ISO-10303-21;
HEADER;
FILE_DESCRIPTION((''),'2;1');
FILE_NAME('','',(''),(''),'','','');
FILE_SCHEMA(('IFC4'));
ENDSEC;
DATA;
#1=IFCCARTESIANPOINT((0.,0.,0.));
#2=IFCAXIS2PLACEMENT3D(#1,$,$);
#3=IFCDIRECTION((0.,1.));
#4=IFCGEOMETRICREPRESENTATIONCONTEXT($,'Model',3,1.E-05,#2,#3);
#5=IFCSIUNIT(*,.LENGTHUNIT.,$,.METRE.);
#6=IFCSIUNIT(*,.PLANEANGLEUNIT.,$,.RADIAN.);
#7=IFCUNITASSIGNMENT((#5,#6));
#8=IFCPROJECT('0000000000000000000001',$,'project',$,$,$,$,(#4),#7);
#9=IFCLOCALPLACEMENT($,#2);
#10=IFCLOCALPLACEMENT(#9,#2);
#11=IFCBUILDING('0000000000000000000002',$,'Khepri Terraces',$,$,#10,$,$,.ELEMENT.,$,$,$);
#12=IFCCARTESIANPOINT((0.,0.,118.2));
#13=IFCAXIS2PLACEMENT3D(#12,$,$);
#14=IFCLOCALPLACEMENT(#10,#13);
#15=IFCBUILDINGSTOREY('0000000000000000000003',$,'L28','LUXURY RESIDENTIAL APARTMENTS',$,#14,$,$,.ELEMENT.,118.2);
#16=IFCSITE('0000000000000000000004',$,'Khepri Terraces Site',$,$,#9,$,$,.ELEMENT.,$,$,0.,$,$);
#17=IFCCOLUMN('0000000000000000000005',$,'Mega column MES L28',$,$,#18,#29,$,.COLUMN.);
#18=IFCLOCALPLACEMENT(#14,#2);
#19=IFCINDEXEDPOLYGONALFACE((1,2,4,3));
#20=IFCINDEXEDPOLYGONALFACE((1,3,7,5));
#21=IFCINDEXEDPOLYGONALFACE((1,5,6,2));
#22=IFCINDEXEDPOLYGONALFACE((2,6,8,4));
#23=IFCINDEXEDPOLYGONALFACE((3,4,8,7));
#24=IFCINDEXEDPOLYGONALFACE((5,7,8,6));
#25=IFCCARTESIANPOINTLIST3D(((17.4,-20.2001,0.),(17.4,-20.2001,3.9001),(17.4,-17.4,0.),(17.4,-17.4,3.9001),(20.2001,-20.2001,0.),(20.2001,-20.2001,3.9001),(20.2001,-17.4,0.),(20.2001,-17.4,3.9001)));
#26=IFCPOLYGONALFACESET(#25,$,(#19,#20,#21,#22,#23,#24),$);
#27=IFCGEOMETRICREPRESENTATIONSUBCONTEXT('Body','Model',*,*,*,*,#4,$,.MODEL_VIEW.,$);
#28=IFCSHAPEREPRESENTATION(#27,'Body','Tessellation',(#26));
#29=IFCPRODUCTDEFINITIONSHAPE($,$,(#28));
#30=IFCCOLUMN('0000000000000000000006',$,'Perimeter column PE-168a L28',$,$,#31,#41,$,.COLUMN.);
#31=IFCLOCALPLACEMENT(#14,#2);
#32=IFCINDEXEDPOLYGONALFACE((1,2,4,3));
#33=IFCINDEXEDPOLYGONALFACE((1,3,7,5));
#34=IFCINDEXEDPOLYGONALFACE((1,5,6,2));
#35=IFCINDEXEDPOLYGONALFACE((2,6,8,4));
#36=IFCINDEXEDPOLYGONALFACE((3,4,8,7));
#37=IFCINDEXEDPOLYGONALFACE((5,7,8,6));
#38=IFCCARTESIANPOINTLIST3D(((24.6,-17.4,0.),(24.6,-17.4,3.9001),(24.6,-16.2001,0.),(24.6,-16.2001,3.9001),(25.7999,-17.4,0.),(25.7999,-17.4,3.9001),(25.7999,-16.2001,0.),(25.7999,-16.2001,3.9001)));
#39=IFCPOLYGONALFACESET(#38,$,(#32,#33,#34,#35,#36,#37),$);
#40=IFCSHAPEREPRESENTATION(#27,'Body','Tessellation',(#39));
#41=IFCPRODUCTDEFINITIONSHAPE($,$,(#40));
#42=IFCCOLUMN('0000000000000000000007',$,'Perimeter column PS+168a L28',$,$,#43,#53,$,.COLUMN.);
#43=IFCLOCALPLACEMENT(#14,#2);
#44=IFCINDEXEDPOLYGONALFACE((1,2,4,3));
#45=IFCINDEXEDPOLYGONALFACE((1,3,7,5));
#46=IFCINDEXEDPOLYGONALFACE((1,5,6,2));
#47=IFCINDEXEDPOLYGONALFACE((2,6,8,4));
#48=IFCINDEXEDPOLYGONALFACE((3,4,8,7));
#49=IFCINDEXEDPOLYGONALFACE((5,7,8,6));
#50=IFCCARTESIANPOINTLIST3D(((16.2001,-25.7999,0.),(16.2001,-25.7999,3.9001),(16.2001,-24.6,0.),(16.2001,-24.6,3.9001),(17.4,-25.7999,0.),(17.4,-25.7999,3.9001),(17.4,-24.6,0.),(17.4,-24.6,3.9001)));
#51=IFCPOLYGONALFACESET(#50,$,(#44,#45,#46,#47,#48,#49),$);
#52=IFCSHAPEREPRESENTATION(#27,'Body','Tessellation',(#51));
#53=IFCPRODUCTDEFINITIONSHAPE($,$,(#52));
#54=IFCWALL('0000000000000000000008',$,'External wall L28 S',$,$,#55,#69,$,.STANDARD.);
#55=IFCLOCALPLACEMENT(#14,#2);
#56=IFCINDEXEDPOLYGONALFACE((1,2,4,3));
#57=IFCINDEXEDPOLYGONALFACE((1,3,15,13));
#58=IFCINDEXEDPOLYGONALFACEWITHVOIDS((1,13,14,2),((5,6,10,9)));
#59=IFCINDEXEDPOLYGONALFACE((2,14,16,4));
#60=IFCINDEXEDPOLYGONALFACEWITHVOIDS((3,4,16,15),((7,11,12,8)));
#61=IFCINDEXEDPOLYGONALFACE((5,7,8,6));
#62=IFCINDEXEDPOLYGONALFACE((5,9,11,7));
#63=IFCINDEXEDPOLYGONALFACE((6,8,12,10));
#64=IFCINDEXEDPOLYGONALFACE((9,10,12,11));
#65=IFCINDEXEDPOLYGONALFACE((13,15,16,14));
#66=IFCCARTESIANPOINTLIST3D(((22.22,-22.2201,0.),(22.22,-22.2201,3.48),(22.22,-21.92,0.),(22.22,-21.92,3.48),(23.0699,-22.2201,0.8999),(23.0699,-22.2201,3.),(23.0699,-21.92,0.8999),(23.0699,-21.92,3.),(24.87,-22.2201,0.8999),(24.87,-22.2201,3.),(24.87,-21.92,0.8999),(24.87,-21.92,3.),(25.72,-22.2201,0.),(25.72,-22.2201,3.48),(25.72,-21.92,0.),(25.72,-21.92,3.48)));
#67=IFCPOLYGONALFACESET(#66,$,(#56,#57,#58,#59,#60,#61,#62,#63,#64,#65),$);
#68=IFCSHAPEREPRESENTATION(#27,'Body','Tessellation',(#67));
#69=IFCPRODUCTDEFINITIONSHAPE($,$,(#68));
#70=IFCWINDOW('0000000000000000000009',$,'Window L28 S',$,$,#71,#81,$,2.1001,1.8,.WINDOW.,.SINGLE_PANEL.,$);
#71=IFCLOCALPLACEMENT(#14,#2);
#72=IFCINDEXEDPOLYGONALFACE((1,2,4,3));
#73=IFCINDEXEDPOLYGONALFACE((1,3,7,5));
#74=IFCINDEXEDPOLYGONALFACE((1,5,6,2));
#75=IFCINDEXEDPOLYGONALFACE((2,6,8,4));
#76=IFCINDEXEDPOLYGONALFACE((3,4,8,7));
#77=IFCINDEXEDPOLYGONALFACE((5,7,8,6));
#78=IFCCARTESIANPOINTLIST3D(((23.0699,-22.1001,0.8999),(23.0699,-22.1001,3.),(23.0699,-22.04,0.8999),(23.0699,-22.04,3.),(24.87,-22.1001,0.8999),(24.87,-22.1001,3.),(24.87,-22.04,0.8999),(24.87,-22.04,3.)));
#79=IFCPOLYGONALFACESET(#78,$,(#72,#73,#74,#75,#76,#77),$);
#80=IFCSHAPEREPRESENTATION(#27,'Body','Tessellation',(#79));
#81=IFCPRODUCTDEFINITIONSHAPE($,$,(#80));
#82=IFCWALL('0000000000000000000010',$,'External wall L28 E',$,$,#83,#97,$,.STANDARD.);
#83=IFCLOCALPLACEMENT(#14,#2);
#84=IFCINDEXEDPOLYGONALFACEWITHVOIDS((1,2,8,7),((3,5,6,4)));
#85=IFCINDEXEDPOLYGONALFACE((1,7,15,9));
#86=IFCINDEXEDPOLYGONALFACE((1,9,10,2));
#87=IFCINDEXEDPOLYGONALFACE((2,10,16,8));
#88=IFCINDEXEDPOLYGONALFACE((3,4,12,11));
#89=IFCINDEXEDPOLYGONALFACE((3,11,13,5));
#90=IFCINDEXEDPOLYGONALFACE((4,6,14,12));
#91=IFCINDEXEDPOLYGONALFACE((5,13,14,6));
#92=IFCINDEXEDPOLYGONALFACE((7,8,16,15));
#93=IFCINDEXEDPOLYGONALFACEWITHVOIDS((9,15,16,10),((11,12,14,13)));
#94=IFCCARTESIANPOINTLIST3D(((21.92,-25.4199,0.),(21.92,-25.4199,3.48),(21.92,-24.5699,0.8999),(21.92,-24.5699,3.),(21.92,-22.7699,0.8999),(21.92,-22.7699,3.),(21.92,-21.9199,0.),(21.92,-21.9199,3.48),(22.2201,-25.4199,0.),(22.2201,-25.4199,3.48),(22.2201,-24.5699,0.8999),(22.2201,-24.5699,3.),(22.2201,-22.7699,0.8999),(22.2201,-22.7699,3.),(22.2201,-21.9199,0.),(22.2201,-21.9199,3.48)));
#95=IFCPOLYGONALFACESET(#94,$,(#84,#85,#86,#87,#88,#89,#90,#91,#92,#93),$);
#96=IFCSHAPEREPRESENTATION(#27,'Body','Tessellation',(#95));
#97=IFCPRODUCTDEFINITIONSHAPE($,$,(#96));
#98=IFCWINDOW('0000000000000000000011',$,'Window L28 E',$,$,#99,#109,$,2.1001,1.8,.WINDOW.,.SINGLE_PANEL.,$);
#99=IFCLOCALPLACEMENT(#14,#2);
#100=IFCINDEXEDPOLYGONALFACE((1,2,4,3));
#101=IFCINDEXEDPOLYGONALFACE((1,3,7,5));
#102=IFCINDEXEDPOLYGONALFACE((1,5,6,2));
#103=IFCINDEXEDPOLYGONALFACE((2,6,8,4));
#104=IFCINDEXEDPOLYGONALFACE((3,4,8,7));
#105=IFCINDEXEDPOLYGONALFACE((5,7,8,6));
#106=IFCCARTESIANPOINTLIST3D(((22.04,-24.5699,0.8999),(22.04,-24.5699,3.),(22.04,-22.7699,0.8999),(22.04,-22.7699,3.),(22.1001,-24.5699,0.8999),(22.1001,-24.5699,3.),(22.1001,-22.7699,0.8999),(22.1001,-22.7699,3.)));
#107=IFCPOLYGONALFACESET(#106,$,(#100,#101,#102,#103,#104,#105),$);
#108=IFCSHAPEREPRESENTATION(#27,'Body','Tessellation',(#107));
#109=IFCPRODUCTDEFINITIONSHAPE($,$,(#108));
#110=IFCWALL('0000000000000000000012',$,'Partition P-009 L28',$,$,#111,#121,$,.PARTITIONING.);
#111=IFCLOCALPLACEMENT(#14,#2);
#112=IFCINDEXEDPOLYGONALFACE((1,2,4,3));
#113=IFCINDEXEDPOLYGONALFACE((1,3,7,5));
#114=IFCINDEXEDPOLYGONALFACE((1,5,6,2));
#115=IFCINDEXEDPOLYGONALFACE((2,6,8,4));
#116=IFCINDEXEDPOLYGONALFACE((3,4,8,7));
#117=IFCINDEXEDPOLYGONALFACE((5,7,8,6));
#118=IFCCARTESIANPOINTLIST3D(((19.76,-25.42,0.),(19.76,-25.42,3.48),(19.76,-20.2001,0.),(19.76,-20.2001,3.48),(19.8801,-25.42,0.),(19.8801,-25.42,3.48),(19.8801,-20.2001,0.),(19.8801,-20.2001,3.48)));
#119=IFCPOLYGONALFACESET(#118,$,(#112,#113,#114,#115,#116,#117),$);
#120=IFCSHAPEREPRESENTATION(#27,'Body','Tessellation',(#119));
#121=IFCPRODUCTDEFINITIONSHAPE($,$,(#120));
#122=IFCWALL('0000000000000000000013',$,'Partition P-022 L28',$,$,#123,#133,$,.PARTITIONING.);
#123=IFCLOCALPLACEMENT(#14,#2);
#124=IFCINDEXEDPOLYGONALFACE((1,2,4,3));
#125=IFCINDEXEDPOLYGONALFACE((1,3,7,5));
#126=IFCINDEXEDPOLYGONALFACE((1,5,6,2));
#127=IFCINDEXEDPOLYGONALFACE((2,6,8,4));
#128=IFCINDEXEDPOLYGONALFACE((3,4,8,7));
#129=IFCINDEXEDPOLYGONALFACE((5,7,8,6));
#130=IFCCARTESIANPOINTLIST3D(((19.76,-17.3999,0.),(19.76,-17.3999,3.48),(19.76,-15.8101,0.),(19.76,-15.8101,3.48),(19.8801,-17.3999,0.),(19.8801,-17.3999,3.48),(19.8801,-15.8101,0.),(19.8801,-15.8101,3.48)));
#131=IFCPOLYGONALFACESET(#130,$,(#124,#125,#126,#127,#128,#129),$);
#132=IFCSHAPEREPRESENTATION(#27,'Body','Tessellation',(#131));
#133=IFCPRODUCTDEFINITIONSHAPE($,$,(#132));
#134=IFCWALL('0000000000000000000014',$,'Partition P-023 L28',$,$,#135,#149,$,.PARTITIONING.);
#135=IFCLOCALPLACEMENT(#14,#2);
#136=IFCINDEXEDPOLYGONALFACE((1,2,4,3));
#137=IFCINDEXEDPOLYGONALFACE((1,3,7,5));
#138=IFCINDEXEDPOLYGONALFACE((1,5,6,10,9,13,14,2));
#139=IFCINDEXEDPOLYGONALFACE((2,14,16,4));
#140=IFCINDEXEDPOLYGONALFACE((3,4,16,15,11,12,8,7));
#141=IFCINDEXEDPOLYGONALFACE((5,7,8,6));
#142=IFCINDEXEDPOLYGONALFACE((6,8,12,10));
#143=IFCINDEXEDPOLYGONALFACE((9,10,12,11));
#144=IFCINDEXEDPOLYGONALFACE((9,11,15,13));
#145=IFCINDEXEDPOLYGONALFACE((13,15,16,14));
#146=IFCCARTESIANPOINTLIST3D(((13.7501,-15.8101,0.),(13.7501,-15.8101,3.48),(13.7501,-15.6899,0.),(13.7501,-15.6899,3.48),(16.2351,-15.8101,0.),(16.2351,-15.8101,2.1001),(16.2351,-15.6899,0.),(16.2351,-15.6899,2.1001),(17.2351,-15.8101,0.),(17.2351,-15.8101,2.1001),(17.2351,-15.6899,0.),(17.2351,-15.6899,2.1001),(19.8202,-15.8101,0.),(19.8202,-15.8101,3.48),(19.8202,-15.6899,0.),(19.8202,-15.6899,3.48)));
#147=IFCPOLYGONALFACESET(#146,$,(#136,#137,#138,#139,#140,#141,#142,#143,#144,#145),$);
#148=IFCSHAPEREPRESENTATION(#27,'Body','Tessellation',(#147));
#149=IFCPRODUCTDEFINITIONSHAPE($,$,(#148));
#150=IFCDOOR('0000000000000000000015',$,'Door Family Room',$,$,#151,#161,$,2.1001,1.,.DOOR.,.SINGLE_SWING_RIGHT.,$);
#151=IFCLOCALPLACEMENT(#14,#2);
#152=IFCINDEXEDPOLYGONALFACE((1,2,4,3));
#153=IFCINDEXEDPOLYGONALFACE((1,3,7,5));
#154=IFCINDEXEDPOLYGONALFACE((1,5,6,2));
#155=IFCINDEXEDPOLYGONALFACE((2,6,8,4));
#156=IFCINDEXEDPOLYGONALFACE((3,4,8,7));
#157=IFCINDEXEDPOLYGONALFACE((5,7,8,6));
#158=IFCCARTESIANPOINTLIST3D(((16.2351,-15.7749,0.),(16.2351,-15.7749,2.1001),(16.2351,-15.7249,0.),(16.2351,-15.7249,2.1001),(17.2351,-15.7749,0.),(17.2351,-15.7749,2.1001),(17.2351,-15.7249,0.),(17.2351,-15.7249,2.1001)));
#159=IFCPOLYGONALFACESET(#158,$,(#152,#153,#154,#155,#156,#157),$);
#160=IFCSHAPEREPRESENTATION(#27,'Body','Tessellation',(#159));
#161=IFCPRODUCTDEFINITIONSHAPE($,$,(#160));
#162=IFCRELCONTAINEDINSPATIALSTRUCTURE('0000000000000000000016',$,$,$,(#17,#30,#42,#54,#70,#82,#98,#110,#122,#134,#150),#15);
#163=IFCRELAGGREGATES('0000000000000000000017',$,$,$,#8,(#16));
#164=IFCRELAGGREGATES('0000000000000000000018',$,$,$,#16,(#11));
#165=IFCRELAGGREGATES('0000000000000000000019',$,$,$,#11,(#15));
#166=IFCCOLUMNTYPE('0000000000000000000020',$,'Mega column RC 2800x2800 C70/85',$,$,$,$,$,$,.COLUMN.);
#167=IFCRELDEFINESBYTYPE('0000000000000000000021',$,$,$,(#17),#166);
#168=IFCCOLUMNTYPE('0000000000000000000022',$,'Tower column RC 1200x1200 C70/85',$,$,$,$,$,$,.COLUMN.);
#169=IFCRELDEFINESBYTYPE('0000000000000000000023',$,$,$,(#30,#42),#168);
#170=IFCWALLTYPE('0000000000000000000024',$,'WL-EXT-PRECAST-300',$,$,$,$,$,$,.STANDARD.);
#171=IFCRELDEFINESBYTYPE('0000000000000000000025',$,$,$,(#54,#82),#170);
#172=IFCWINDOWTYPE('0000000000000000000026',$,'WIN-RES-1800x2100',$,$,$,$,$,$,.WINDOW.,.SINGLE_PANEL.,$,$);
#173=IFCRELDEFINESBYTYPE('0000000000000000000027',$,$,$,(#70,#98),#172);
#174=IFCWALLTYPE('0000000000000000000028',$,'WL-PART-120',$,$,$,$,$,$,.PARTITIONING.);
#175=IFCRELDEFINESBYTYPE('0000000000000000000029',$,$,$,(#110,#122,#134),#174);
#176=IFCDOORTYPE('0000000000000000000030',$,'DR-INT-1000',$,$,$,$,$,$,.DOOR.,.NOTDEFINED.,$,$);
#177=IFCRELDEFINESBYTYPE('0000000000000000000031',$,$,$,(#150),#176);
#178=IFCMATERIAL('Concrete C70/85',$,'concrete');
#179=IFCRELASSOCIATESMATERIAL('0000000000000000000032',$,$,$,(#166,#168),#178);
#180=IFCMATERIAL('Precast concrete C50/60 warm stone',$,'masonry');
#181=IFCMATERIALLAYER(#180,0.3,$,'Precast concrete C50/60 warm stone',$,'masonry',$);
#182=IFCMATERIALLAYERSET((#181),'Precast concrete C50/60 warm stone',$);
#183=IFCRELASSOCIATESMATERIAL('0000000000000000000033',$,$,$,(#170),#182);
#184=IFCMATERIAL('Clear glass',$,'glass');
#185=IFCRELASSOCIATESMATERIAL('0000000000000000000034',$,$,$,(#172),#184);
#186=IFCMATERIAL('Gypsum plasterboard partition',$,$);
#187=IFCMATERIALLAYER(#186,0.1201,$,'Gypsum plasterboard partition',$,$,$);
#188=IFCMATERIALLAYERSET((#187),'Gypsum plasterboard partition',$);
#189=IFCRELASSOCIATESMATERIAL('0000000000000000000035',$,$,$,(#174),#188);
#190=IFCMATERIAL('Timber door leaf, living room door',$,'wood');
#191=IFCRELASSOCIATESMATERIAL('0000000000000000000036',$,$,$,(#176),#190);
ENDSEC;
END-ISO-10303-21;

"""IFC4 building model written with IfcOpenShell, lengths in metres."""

from ifc_helpers import new_model, si_unit, direction, frame, frame_2d, origin, origin_2d, place, context, subcontext, project, spatial, rectangle, extrude, material, layer, layer_set, material_profile, profile_set, type_object, element, fill, save


model = new_model("IFC4")

# Units and contexts
model_context = context("Model", 3, precision=1e-05, world=origin(), true_north=direction((0.0, 1.0)))
body_context = subcontext(model_context, "Body", "Model", "MODEL_VIEW")
ifc_project = project(units=[si_unit("LENGTHUNIT", "METRE"), si_unit("PLANEANGLEUNIT", "RADIAN")], contexts=[model_context])

# Site, building, storey
site_placement = place(None, origin())
site = spatial("IfcSite", under=ifc_project, at=site_placement, Name="Khepri Terraces Site", CompositionType="ELEMENT", RefElevation=0.0)
building_placement = place(site_placement, origin())
building = spatial("IfcBuilding", under=site, at=building_placement, Name="Khepri Terraces", CompositionType="ELEMENT")
storey_placement = place(building_placement, frame((0.0, 0.0, 118.2)))
storey = spatial("IfcBuildingStorey", under=building, at=storey_placement, Name="L28", Description="LUXURY RESIDENTIAL APARTMENTS", CompositionType="ELEMENT", Elevation=118.2)

# Columns
ifc_material_1 = material(Name="Concrete C70/85", Category="concrete")
ifc_material_profile_1 = material_profile(ifc_material_1, rectangle(XDim=2.8, YDim=2.8, at=origin_2d()), Name="Concrete C70/85", Category="concrete")
ifc_profile_set_1 = profile_set([ifc_material_profile_1], Name="Concrete C70/85")
column_type_1 = type_object("IfcColumnType", Name="Mega column RC 2800x2800 C70/85", PredefinedType="COLUMN", material=ifc_profile_set_1)
column_placement = place(storey_placement, frame((18.8, -18.8, 0.0), z_axis=(0.0, 0.0, 1.0), x_axis=(1.0, 0.0, 0.0)))
element("IfcColumn", 1, at=column_placement, inside=storey, type_object=column_type_1, Name="Mega column MES L28", PredefinedType="COLUMN", context=body_context, shape_type="SweptSolid", body=[
    extrude(rectangle(XDim=2.8, YDim=2.8, at=origin_2d()), origin(), (0.0, 0.0, 1.0), 3.9001),
])
ifc_material_profile_2 = material_profile(ifc_material_1, rectangle(XDim=1.2, YDim=1.2, at=origin_2d()), Name="Concrete C70/85", Category="concrete")
ifc_profile_set_2 = profile_set([ifc_material_profile_2], Name="Concrete C70/85")
column_type_2 = type_object("IfcColumnType", Name="Tower column RC 1200x1200 C70/85", PredefinedType="COLUMN", material=ifc_profile_set_2)
for number, where, z_axis, x_axis, name in (
    (2, (25.2, -16.8, 0.0), (0.0, 0.0, 1.0), (1.0, 0.0, 0.0), "Perimeter column PE-168a L28"),
    (3, (16.8, -25.2, 0.0), (0.0, 0.0, 1.0), (1.0, 0.0, 0.0), "Perimeter column PS+168a L28"),
):
    element("IfcColumn", number, at=place(storey_placement, frame(where, z_axis=z_axis, x_axis=x_axis)), inside=storey, type_object=column_type_2, Name=name, PredefinedType="COLUMN", context=body_context, shape_type="SweptSolid", body=[
        extrude(rectangle(XDim=1.2, YDim=1.2, at=origin_2d()), origin(), (0.0, 0.0, 1.0), 3.9001),
    ])

# Wall, opening, window
ifc_material_2 = material(Name="Precast concrete C50/60 warm stone", Category="masonry")
ifc_layer_1 = layer(ifc_material_2, 0.3, Name="Precast concrete C50/60 warm stone", Category="masonry")
ifc_layer_set_1 = layer_set([ifc_layer_1], Name="Precast concrete C50/60 warm stone")
wall_type_1 = type_object("IfcWallType", Name="WL-EXT-PRECAST-300", PredefinedType="STANDARD", material=ifc_layer_set_1)
wall_1_placement = place(storey_placement, frame((22.22, -22.0701, 0.0), z_axis=(0.0, 0.0, 1.0), x_axis=(1.0, 0.0, 0.0)))
wall_1 = element("IfcWall", 4, at=wall_1_placement, inside=storey, type_object=wall_type_1, Name="External wall L28 S", PredefinedType="STANDARD", context=body_context, shape_type="SweptSolid", body=[
    extrude(rectangle(XDim=3.5, YDim=0.3, at=frame_2d((1.75, 0.0))), origin(), (0.0, 0.0, 1.0), 3.48),
])
opening_1_placement = place(wall_1_placement, frame((0.8501, 0.0, 0.8999)))
opening_1 = element("IfcOpeningElement", 5, at=opening_1_placement, cuts=wall_1, PredefinedType="OPENING", context=body_context, shape_type="SweptSolid", body=[
    extrude(rectangle(XDim=1.8, YDim=2.1001, at=frame_2d((0.8999, 1.05))), frame((0.0, 0.1602, 0.0), z_axis=(0.0, -1.0, 0.0), x_axis=(1.0, 0.0, 0.0)), (0.0, 0.0, 1.0), 0.3201),
])
ifc_material_3 = material(Name="Clear glass", Category="glass")
window_type = type_object("IfcWindowType", Name="WIN-RES-1800x2100", PartitioningType="SINGLE_PANEL", PredefinedType="WINDOW", material=ifc_material_3)
window_1_placement = place(opening_1_placement, origin())
window_1 = element("IfcWindow", 6, at=window_1_placement, inside=storey, type_object=window_type, Name="Window L28 S", OverallHeight=2.1001, OverallWidth=1.8, PartitioningType="SINGLE_PANEL", PredefinedType="WINDOW", context=body_context, shape_type="SweptSolid", body=[
    extrude(rectangle(XDim=1.8, YDim=2.1001, at=frame_2d((0.8999, 1.05))), frame((0.0, 0.03, 0.0), z_axis=(0.0, -1.0, 0.0), x_axis=(1.0, 0.0, 0.0)), (0.0, 0.0, 1.0), 0.0601),
])
fill(opening_1, window_1)

# Wall, opening, window
wall_2_placement = place(storey_placement, frame((22.0701, -25.4199, 0.0), z_axis=(0.0, 0.0, 1.0), x_axis=(0.0, 1.0, 0.0)))
wall_2 = element("IfcWall", 7, at=wall_2_placement, inside=storey, type_object=wall_type_1, Name="External wall L28 E", PredefinedType="STANDARD", context=body_context, shape_type="SweptSolid", body=[
    extrude(rectangle(XDim=3.5, YDim=0.3, at=frame_2d((1.75, 0.0))), origin(), (0.0, 0.0, 1.0), 3.48),
])
opening_2_placement = place(wall_2_placement, frame((0.8501, 0.0, 0.8999)))
opening_2 = element("IfcOpeningElement", 8, at=opening_2_placement, cuts=wall_2, PredefinedType="OPENING", context=body_context, shape_type="SweptSolid", body=[
    extrude(rectangle(XDim=1.8, YDim=2.1001, at=frame_2d((0.8999, 1.05))), frame((0.0, 0.1602, 0.0), z_axis=(0.0, -1.0, 0.0), x_axis=(1.0, 0.0, 0.0)), (0.0, 0.0, 1.0), 0.3201),
])
window_2_placement = place(opening_2_placement, origin())
window_2 = element("IfcWindow", 9, at=window_2_placement, inside=storey, type_object=window_type, Name="Window L28 E", OverallHeight=2.1001, OverallWidth=1.8, PartitioningType="SINGLE_PANEL", PredefinedType="WINDOW", context=body_context, shape_type="SweptSolid", body=[
    extrude(rectangle(XDim=1.8, YDim=2.1001, at=frame_2d((0.8999, 1.05))), frame((0.0, 0.03, 0.0), z_axis=(0.0, -1.0, 0.0), x_axis=(1.0, 0.0, 0.0)), (0.0, 0.0, 1.0), 0.0601),
])
fill(opening_2, window_2)

# Walls
ifc_material_4 = material(Name="Gypsum plasterboard partition")
ifc_layer_2 = layer(ifc_material_4, 0.1201, Name="Gypsum plasterboard partition")
ifc_layer_set_2 = layer_set([ifc_layer_2], Name="Gypsum plasterboard partition")
wall_type_2 = type_object("IfcWallType", Name="WL-PART-120", PredefinedType="PARTITIONING", material=ifc_layer_set_2)
wall_3_placement = place(storey_placement, frame((19.8201, -25.4199, 0.0), z_axis=(0.0, 0.0, 1.0), x_axis=(0.0, 1.0, 0.0)))
element("IfcWall", 10, at=wall_3_placement, inside=storey, type_object=wall_type_2, Name="Partition P-009 L28", PredefinedType="PARTITIONING", context=body_context, shape_type="SweptSolid", body=[
    extrude(rectangle(XDim=5.22, YDim=0.1201, at=frame_2d((2.6099, 0.0))), origin(), (0.0, 0.0, 1.0), 3.48),
])
wall_4_placement = place(storey_placement, frame((19.8201, -17.3999, 0.0), z_axis=(0.0, 0.0, 1.0), x_axis=(0.0, 1.0, 0.0)))
element("IfcWall", 11, at=wall_4_placement, inside=storey, type_object=wall_type_2, Name="Partition P-022 L28", PredefinedType="PARTITIONING", context=body_context, shape_type="SweptSolid", body=[
    extrude(rectangle(XDim=1.5898, YDim=0.1201, at=frame_2d((0.7949, 0.0))), origin(), (0.0, 0.0, 1.0), 3.48),
])

# Wall, opening, door
wall_5_placement = place(storey_placement, frame((13.75, -15.75, 0.0), z_axis=(0.0, 0.0, 1.0), x_axis=(1.0, 0.0, 0.0)))
wall_5 = element("IfcWall", 12, at=wall_5_placement, inside=storey, type_object=wall_type_2, Name="Partition P-023 L28", PredefinedType="PARTITIONING", context=body_context, shape_type="SweptSolid", body=[
    extrude(rectangle(XDim=6.0701, YDim=0.1201, at=frame_2d((3.0352, 0.0))), origin(), (0.0, 0.0, 1.0), 3.48),
])
opening_3_placement = place(wall_5_placement, frame((2.4851, 0.0, 0.0)))
opening_3 = element("IfcOpeningElement", 13, at=opening_3_placement, cuts=wall_5, PredefinedType="OPENING", context=body_context, shape_type="SweptSolid", body=[
    extrude(rectangle(XDim=1.0, YDim=2.1001, at=frame_2d((0.5, 1.05))), frame((0.0, 0.0701, 0.0), z_axis=(0.0, -1.0, 0.0), x_axis=(1.0, 0.0, 0.0)), (0.0, 0.0, 1.0), 0.1401),
])
ifc_material_5 = material(Name="Timber door leaf, living room door", Category="wood")
door_type_1 = type_object("IfcDoorType", Name="DR-INT-1000", OperationType="NOTDEFINED", PredefinedType="DOOR", material=ifc_material_5)
door_1_placement = place(opening_3_placement, frame((1.0, 0.0, 0.0), z_axis=(0.0, 0.0, 1.0), x_axis=(-1.0, 0.0, 0.0)))
door_1 = element("IfcDoor", 14, at=door_1_placement, inside=storey, type_object=door_type_1, Name="Door Family Room", OperationType="SINGLE_SWING_RIGHT", OverallHeight=2.1001, OverallWidth=1.0, PredefinedType="DOOR", context=body_context, shape_type="SweptSolid", body=[
    extrude(rectangle(XDim=1.0, YDim=2.1001, at=frame_2d((0.5, 1.05))), frame((0.0, 0.0249, 0.0), z_axis=(0.0, -1.0, 0.0), x_axis=(1.0, 0.0, 0.0)), (0.0, 0.0, 1.0), 0.05),
])
fill(opening_3, door_1)

save(model, "model.ifc")
